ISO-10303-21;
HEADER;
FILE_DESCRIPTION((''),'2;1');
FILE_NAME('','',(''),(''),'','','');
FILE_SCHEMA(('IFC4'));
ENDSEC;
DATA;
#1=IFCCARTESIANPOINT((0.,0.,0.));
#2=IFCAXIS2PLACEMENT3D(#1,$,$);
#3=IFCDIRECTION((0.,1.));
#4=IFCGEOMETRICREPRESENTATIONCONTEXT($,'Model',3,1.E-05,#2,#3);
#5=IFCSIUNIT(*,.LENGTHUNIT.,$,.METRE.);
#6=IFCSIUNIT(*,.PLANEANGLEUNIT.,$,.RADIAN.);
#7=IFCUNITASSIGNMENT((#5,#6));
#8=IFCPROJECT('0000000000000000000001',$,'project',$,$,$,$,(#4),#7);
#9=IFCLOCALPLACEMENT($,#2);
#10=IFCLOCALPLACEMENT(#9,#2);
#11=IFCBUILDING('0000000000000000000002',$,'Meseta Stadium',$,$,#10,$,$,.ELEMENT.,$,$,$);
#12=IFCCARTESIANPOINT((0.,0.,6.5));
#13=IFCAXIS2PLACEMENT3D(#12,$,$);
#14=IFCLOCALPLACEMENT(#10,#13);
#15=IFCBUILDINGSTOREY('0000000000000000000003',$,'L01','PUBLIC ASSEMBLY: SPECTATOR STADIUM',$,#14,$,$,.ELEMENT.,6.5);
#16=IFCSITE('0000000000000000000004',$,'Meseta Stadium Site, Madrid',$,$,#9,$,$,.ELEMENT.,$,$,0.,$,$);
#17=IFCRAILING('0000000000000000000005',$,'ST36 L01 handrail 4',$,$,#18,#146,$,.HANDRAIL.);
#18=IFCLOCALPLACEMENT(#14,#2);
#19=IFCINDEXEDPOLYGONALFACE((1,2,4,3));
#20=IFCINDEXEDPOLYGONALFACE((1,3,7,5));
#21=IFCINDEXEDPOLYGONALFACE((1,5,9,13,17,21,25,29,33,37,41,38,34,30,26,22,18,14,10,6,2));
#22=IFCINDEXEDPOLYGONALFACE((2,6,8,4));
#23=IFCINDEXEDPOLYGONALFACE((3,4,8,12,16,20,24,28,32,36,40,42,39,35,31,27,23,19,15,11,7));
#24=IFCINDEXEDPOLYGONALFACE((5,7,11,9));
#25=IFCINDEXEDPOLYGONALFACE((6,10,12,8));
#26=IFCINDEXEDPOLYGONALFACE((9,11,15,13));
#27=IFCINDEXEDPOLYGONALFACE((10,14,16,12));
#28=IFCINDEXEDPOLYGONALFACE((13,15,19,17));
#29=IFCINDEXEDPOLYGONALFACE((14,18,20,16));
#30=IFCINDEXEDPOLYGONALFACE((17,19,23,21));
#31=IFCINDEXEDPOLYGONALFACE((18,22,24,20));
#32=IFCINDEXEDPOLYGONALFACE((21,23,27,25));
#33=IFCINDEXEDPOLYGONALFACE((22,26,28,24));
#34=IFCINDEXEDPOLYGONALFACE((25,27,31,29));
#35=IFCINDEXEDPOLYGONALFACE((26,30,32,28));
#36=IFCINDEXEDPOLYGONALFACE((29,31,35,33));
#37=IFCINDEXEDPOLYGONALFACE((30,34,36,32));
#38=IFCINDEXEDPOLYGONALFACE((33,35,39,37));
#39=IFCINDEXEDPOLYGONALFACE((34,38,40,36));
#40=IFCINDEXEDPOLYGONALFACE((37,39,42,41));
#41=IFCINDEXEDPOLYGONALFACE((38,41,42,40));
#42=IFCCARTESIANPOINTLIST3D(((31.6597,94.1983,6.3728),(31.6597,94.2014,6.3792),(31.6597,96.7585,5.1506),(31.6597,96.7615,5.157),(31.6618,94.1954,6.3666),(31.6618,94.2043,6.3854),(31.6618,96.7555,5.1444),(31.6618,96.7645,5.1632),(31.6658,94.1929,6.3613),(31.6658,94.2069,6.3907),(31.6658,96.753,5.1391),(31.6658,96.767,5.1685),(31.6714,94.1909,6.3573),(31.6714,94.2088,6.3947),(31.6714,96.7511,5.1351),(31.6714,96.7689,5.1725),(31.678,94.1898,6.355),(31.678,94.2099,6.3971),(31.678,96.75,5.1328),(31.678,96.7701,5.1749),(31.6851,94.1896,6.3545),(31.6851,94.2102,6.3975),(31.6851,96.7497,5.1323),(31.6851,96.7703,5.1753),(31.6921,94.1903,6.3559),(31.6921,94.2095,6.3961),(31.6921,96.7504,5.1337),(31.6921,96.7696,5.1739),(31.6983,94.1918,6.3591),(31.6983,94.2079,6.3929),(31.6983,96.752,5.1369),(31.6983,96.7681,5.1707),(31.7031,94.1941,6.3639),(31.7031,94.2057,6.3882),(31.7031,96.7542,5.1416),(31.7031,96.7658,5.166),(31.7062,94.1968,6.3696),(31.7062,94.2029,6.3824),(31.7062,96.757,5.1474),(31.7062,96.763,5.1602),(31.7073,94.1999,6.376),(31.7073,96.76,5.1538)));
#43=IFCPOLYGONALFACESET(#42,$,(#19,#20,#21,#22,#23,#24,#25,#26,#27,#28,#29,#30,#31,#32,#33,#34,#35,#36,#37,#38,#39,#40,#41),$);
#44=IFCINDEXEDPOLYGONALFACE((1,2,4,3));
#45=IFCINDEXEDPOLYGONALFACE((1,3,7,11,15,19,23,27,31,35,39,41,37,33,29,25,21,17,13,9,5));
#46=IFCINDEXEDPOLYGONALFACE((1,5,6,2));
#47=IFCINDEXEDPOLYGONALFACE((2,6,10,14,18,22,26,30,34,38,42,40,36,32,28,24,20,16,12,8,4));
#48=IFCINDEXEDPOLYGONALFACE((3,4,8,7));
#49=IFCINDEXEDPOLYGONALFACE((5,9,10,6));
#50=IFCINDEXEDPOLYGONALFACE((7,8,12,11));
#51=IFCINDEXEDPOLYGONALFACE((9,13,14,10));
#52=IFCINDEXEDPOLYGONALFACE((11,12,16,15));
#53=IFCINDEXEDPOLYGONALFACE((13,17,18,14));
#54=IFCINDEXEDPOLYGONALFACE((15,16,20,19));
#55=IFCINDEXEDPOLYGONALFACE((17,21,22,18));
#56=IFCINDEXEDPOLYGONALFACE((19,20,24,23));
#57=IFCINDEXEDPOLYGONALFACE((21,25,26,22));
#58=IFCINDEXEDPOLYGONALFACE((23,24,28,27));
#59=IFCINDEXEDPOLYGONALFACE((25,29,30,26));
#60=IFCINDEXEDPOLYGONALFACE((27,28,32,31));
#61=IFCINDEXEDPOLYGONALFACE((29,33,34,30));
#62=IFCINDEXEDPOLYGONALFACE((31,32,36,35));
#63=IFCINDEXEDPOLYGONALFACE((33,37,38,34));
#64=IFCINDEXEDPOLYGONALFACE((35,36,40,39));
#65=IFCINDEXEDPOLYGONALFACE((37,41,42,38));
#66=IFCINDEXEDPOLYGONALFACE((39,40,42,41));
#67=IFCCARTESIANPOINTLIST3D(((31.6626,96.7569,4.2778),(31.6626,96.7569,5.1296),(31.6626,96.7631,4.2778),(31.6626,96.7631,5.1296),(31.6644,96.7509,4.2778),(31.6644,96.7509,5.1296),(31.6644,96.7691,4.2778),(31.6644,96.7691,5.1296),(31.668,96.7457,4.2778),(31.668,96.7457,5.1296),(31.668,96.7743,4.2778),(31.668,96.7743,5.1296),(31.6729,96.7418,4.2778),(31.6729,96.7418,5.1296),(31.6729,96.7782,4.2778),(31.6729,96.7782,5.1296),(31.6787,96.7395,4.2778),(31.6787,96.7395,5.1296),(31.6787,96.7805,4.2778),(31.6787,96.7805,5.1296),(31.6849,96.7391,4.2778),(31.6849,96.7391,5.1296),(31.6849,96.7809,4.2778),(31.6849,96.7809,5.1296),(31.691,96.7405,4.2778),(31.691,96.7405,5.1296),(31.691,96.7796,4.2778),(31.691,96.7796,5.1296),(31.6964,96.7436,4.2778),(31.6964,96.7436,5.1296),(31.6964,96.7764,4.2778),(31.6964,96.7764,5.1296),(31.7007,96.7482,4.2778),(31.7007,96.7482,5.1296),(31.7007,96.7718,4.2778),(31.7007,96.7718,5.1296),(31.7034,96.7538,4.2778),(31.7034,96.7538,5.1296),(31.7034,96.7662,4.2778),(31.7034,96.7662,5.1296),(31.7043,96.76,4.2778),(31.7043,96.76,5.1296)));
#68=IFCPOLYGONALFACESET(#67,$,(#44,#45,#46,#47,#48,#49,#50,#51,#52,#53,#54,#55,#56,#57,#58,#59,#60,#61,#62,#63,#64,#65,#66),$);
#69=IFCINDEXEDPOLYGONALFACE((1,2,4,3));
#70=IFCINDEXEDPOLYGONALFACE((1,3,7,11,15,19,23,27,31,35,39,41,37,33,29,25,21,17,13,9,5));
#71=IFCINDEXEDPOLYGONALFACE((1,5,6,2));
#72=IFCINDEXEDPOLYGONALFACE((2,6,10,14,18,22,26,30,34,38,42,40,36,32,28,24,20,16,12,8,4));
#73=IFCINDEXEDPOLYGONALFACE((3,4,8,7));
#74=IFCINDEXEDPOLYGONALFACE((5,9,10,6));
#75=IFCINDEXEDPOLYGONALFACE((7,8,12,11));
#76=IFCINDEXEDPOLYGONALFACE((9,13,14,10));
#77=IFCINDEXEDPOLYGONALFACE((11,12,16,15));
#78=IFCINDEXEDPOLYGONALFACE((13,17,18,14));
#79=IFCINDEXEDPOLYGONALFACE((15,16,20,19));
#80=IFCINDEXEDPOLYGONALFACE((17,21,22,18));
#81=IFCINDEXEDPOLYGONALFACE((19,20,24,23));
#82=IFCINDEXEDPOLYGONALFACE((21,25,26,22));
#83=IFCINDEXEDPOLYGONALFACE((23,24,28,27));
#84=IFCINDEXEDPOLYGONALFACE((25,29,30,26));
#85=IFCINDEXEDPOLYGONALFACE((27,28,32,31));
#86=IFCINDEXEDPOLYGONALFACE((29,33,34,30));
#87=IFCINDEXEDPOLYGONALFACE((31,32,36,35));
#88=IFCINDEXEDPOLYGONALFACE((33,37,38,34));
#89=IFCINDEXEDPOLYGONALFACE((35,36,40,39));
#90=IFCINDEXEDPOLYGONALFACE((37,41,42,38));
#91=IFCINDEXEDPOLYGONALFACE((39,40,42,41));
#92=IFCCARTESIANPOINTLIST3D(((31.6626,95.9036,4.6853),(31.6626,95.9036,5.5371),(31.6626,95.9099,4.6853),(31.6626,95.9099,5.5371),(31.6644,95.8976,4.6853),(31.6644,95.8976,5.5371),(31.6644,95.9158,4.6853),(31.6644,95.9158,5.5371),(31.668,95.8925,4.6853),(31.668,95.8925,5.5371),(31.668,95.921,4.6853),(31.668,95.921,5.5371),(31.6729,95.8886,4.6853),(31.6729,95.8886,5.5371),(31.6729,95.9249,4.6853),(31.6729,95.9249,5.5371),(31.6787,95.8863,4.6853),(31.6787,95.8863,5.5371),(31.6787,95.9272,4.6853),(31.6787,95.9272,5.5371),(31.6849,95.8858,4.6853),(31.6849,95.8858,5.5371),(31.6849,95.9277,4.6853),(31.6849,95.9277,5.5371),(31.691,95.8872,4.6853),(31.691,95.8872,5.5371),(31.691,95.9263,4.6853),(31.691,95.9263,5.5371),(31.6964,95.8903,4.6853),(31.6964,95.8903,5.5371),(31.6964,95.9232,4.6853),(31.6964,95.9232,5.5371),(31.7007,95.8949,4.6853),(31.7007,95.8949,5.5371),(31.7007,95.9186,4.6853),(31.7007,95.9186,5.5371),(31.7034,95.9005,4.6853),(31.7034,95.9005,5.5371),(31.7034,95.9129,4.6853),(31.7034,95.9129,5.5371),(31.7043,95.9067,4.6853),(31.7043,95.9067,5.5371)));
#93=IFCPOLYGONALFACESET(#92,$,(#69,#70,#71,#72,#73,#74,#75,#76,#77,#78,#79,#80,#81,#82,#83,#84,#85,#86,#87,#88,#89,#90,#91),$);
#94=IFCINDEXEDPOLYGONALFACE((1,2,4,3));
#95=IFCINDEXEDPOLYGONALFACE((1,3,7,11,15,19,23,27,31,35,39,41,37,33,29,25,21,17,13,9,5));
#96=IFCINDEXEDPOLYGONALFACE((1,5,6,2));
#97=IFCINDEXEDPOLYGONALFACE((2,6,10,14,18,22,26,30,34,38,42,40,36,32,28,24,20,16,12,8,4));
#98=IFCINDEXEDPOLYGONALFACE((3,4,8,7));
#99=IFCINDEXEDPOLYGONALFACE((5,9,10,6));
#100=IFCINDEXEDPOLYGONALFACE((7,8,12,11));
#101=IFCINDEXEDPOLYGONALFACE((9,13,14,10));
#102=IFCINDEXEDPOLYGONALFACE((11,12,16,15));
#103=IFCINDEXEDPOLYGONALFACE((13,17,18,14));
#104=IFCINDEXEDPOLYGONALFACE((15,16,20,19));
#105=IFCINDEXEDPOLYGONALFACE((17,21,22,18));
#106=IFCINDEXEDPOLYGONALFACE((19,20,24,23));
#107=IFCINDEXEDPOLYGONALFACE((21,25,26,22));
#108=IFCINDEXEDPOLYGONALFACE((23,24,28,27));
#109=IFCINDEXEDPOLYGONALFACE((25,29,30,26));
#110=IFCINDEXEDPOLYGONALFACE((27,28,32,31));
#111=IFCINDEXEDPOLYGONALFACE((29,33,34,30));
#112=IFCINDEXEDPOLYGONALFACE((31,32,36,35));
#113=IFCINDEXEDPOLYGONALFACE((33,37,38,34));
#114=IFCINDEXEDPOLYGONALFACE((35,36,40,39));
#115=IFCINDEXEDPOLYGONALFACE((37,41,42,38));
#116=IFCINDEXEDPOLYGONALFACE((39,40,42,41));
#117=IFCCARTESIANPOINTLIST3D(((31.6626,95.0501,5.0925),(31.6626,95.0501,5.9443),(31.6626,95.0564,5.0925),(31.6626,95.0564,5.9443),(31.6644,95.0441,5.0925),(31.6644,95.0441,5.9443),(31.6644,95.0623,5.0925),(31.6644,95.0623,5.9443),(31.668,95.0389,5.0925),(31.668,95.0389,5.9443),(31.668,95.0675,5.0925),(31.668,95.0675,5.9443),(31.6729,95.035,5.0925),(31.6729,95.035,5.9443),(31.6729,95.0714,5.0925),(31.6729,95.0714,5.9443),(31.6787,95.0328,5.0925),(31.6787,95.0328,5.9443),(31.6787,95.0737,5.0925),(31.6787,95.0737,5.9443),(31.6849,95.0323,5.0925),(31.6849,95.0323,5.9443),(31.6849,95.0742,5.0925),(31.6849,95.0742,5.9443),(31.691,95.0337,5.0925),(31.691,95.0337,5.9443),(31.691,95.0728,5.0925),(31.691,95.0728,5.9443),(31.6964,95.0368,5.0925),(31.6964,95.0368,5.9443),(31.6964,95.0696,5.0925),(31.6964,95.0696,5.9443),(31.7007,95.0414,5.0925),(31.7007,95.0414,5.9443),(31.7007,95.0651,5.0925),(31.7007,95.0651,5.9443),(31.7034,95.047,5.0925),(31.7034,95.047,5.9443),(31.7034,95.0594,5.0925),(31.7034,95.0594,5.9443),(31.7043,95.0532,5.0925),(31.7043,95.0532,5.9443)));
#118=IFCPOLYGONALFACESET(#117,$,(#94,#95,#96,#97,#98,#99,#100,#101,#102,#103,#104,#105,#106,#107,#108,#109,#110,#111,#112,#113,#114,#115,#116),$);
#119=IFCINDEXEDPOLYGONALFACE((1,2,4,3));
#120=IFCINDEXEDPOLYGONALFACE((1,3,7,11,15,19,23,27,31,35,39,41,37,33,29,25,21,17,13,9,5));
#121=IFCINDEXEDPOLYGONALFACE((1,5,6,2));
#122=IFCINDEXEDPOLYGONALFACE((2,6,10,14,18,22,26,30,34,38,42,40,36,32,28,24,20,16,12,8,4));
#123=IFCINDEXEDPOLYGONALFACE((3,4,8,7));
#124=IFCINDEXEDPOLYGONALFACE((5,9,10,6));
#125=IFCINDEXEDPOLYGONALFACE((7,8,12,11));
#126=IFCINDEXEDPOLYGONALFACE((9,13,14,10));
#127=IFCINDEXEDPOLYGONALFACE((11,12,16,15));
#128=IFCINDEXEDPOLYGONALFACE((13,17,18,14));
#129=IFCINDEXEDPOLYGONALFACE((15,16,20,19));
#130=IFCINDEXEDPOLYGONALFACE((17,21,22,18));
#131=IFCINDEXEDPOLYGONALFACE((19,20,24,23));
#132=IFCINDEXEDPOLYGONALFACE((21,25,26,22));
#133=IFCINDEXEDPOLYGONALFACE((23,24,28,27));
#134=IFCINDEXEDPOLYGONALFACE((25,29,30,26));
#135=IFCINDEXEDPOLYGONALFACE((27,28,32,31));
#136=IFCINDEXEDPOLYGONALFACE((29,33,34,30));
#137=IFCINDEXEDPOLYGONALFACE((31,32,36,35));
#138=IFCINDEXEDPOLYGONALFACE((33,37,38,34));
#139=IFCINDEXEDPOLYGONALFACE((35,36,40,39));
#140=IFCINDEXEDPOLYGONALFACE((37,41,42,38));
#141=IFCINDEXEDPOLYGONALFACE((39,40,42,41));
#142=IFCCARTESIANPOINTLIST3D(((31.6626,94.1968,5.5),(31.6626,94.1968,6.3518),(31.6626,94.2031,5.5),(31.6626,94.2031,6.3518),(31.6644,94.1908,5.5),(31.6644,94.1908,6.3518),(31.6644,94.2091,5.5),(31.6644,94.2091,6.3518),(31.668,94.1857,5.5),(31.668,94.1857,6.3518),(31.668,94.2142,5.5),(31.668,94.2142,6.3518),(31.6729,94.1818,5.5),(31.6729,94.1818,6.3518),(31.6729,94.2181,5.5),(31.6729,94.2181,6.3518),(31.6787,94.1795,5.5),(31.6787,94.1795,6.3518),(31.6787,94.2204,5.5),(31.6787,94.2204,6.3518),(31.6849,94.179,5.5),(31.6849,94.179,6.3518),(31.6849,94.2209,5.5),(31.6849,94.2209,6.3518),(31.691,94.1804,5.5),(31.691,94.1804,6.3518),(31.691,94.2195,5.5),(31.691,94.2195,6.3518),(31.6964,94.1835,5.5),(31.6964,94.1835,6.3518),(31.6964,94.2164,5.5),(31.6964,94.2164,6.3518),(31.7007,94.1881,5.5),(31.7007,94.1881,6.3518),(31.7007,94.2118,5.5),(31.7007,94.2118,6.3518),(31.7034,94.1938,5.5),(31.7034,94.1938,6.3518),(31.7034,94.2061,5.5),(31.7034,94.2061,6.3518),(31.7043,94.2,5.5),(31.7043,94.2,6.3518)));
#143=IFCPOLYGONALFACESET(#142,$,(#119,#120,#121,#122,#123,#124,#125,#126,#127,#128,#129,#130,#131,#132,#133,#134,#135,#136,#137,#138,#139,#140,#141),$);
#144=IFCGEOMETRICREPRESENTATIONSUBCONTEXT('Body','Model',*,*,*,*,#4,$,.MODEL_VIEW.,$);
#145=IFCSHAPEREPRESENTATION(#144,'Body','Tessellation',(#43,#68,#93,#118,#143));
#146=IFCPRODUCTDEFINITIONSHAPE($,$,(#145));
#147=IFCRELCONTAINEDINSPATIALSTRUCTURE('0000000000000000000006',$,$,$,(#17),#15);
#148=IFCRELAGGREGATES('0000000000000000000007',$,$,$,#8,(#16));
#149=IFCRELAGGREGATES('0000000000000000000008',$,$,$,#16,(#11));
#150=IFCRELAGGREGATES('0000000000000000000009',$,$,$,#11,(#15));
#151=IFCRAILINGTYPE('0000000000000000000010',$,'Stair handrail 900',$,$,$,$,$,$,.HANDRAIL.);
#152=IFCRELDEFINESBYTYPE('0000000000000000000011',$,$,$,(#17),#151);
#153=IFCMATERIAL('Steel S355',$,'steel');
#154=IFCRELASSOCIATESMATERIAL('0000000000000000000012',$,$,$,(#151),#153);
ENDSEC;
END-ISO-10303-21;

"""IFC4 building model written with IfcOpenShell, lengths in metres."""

from ifc_helpers import new_model, si_unit, direction, frame, origin, origin_2d, place, context, subcontext, project, spatial, circle, extrude, material, type_object, element, save


model = new_model("IFC4")

# Units and contexts
model_context = context("Model", 3, precision=1e-05, world=origin(), true_north=direction((0.0, 1.0)))
body_context = subcontext(model_context, "Body", "Model", "MODEL_VIEW")
ifc_project = project(units=[si_unit("LENGTHUNIT", "METRE"), si_unit("PLANEANGLEUNIT", "RADIAN")], contexts=[model_context])

# Site, building, storey
site_placement = place(None, origin())
site = spatial("IfcSite", under=ifc_project, at=site_placement, Name="Meseta Stadium Site, Madrid", CompositionType="ELEMENT", RefElevation=0.0)
building_placement = place(site_placement, origin())
building = spatial("IfcBuilding", under=site, at=building_placement, Name="Meseta Stadium", CompositionType="ELEMENT")
storey_placement = place(building_placement, frame((0.0, 0.0, 6.5)))
storey = spatial("IfcBuildingStorey", under=building, at=storey_placement, Name="L01", Description="PUBLIC ASSEMBLY: SPECTATOR STADIUM", CompositionType="ELEMENT", Elevation=6.5)

# Railing
ifc_material_1 = material(Name="Steel S355", Category="steel")
railing_type_1 = type_object("IfcRailingType", Name="Stair handrail 900", PredefinedType="HANDRAIL", material=ifc_material_1)
railing_1_placement = place(storey_placement, frame((31.6833, 96.76, 4.2778)))
element("IfcRailing", 1, at=railing_1_placement, inside=storey, type_object=railing_type_1, Name="ST36 L01 handrail 4", PredefinedType="HANDRAIL", context=body_context, shape_type="SweptSolid", body=[
    extrude(circle(Radius=0.0239, at=origin_2d()), frame((0.0, 0.0, 0.876), z_axis=(0.0, -0.902437, 0.430822), x_axis=(1.0, 0.0, 0.0)), (0.0, 0.0, 1.0), 2.8369),
    extrude(circle(Radius=0.021, at=origin_2d()), origin(), (0.0, 0.0, 1.0), 0.8518),
    extrude(circle(Radius=0.021, at=origin_2d()), frame((0.0, -0.8533, 0.4075)), (0.0, 0.0, 1.0), 0.8518),
    extrude(circle(Radius=0.021, at=origin_2d()), frame((0.0, -1.7068, 0.8147)), (0.0, 0.0, 1.0), 0.8518),
    extrude(circle(Radius=0.021, at=origin_2d()), frame((0.0, -2.5601, 1.2222)), (0.0, 0.0, 1.0), 0.8518),
])

save(model, "model.ifc")
